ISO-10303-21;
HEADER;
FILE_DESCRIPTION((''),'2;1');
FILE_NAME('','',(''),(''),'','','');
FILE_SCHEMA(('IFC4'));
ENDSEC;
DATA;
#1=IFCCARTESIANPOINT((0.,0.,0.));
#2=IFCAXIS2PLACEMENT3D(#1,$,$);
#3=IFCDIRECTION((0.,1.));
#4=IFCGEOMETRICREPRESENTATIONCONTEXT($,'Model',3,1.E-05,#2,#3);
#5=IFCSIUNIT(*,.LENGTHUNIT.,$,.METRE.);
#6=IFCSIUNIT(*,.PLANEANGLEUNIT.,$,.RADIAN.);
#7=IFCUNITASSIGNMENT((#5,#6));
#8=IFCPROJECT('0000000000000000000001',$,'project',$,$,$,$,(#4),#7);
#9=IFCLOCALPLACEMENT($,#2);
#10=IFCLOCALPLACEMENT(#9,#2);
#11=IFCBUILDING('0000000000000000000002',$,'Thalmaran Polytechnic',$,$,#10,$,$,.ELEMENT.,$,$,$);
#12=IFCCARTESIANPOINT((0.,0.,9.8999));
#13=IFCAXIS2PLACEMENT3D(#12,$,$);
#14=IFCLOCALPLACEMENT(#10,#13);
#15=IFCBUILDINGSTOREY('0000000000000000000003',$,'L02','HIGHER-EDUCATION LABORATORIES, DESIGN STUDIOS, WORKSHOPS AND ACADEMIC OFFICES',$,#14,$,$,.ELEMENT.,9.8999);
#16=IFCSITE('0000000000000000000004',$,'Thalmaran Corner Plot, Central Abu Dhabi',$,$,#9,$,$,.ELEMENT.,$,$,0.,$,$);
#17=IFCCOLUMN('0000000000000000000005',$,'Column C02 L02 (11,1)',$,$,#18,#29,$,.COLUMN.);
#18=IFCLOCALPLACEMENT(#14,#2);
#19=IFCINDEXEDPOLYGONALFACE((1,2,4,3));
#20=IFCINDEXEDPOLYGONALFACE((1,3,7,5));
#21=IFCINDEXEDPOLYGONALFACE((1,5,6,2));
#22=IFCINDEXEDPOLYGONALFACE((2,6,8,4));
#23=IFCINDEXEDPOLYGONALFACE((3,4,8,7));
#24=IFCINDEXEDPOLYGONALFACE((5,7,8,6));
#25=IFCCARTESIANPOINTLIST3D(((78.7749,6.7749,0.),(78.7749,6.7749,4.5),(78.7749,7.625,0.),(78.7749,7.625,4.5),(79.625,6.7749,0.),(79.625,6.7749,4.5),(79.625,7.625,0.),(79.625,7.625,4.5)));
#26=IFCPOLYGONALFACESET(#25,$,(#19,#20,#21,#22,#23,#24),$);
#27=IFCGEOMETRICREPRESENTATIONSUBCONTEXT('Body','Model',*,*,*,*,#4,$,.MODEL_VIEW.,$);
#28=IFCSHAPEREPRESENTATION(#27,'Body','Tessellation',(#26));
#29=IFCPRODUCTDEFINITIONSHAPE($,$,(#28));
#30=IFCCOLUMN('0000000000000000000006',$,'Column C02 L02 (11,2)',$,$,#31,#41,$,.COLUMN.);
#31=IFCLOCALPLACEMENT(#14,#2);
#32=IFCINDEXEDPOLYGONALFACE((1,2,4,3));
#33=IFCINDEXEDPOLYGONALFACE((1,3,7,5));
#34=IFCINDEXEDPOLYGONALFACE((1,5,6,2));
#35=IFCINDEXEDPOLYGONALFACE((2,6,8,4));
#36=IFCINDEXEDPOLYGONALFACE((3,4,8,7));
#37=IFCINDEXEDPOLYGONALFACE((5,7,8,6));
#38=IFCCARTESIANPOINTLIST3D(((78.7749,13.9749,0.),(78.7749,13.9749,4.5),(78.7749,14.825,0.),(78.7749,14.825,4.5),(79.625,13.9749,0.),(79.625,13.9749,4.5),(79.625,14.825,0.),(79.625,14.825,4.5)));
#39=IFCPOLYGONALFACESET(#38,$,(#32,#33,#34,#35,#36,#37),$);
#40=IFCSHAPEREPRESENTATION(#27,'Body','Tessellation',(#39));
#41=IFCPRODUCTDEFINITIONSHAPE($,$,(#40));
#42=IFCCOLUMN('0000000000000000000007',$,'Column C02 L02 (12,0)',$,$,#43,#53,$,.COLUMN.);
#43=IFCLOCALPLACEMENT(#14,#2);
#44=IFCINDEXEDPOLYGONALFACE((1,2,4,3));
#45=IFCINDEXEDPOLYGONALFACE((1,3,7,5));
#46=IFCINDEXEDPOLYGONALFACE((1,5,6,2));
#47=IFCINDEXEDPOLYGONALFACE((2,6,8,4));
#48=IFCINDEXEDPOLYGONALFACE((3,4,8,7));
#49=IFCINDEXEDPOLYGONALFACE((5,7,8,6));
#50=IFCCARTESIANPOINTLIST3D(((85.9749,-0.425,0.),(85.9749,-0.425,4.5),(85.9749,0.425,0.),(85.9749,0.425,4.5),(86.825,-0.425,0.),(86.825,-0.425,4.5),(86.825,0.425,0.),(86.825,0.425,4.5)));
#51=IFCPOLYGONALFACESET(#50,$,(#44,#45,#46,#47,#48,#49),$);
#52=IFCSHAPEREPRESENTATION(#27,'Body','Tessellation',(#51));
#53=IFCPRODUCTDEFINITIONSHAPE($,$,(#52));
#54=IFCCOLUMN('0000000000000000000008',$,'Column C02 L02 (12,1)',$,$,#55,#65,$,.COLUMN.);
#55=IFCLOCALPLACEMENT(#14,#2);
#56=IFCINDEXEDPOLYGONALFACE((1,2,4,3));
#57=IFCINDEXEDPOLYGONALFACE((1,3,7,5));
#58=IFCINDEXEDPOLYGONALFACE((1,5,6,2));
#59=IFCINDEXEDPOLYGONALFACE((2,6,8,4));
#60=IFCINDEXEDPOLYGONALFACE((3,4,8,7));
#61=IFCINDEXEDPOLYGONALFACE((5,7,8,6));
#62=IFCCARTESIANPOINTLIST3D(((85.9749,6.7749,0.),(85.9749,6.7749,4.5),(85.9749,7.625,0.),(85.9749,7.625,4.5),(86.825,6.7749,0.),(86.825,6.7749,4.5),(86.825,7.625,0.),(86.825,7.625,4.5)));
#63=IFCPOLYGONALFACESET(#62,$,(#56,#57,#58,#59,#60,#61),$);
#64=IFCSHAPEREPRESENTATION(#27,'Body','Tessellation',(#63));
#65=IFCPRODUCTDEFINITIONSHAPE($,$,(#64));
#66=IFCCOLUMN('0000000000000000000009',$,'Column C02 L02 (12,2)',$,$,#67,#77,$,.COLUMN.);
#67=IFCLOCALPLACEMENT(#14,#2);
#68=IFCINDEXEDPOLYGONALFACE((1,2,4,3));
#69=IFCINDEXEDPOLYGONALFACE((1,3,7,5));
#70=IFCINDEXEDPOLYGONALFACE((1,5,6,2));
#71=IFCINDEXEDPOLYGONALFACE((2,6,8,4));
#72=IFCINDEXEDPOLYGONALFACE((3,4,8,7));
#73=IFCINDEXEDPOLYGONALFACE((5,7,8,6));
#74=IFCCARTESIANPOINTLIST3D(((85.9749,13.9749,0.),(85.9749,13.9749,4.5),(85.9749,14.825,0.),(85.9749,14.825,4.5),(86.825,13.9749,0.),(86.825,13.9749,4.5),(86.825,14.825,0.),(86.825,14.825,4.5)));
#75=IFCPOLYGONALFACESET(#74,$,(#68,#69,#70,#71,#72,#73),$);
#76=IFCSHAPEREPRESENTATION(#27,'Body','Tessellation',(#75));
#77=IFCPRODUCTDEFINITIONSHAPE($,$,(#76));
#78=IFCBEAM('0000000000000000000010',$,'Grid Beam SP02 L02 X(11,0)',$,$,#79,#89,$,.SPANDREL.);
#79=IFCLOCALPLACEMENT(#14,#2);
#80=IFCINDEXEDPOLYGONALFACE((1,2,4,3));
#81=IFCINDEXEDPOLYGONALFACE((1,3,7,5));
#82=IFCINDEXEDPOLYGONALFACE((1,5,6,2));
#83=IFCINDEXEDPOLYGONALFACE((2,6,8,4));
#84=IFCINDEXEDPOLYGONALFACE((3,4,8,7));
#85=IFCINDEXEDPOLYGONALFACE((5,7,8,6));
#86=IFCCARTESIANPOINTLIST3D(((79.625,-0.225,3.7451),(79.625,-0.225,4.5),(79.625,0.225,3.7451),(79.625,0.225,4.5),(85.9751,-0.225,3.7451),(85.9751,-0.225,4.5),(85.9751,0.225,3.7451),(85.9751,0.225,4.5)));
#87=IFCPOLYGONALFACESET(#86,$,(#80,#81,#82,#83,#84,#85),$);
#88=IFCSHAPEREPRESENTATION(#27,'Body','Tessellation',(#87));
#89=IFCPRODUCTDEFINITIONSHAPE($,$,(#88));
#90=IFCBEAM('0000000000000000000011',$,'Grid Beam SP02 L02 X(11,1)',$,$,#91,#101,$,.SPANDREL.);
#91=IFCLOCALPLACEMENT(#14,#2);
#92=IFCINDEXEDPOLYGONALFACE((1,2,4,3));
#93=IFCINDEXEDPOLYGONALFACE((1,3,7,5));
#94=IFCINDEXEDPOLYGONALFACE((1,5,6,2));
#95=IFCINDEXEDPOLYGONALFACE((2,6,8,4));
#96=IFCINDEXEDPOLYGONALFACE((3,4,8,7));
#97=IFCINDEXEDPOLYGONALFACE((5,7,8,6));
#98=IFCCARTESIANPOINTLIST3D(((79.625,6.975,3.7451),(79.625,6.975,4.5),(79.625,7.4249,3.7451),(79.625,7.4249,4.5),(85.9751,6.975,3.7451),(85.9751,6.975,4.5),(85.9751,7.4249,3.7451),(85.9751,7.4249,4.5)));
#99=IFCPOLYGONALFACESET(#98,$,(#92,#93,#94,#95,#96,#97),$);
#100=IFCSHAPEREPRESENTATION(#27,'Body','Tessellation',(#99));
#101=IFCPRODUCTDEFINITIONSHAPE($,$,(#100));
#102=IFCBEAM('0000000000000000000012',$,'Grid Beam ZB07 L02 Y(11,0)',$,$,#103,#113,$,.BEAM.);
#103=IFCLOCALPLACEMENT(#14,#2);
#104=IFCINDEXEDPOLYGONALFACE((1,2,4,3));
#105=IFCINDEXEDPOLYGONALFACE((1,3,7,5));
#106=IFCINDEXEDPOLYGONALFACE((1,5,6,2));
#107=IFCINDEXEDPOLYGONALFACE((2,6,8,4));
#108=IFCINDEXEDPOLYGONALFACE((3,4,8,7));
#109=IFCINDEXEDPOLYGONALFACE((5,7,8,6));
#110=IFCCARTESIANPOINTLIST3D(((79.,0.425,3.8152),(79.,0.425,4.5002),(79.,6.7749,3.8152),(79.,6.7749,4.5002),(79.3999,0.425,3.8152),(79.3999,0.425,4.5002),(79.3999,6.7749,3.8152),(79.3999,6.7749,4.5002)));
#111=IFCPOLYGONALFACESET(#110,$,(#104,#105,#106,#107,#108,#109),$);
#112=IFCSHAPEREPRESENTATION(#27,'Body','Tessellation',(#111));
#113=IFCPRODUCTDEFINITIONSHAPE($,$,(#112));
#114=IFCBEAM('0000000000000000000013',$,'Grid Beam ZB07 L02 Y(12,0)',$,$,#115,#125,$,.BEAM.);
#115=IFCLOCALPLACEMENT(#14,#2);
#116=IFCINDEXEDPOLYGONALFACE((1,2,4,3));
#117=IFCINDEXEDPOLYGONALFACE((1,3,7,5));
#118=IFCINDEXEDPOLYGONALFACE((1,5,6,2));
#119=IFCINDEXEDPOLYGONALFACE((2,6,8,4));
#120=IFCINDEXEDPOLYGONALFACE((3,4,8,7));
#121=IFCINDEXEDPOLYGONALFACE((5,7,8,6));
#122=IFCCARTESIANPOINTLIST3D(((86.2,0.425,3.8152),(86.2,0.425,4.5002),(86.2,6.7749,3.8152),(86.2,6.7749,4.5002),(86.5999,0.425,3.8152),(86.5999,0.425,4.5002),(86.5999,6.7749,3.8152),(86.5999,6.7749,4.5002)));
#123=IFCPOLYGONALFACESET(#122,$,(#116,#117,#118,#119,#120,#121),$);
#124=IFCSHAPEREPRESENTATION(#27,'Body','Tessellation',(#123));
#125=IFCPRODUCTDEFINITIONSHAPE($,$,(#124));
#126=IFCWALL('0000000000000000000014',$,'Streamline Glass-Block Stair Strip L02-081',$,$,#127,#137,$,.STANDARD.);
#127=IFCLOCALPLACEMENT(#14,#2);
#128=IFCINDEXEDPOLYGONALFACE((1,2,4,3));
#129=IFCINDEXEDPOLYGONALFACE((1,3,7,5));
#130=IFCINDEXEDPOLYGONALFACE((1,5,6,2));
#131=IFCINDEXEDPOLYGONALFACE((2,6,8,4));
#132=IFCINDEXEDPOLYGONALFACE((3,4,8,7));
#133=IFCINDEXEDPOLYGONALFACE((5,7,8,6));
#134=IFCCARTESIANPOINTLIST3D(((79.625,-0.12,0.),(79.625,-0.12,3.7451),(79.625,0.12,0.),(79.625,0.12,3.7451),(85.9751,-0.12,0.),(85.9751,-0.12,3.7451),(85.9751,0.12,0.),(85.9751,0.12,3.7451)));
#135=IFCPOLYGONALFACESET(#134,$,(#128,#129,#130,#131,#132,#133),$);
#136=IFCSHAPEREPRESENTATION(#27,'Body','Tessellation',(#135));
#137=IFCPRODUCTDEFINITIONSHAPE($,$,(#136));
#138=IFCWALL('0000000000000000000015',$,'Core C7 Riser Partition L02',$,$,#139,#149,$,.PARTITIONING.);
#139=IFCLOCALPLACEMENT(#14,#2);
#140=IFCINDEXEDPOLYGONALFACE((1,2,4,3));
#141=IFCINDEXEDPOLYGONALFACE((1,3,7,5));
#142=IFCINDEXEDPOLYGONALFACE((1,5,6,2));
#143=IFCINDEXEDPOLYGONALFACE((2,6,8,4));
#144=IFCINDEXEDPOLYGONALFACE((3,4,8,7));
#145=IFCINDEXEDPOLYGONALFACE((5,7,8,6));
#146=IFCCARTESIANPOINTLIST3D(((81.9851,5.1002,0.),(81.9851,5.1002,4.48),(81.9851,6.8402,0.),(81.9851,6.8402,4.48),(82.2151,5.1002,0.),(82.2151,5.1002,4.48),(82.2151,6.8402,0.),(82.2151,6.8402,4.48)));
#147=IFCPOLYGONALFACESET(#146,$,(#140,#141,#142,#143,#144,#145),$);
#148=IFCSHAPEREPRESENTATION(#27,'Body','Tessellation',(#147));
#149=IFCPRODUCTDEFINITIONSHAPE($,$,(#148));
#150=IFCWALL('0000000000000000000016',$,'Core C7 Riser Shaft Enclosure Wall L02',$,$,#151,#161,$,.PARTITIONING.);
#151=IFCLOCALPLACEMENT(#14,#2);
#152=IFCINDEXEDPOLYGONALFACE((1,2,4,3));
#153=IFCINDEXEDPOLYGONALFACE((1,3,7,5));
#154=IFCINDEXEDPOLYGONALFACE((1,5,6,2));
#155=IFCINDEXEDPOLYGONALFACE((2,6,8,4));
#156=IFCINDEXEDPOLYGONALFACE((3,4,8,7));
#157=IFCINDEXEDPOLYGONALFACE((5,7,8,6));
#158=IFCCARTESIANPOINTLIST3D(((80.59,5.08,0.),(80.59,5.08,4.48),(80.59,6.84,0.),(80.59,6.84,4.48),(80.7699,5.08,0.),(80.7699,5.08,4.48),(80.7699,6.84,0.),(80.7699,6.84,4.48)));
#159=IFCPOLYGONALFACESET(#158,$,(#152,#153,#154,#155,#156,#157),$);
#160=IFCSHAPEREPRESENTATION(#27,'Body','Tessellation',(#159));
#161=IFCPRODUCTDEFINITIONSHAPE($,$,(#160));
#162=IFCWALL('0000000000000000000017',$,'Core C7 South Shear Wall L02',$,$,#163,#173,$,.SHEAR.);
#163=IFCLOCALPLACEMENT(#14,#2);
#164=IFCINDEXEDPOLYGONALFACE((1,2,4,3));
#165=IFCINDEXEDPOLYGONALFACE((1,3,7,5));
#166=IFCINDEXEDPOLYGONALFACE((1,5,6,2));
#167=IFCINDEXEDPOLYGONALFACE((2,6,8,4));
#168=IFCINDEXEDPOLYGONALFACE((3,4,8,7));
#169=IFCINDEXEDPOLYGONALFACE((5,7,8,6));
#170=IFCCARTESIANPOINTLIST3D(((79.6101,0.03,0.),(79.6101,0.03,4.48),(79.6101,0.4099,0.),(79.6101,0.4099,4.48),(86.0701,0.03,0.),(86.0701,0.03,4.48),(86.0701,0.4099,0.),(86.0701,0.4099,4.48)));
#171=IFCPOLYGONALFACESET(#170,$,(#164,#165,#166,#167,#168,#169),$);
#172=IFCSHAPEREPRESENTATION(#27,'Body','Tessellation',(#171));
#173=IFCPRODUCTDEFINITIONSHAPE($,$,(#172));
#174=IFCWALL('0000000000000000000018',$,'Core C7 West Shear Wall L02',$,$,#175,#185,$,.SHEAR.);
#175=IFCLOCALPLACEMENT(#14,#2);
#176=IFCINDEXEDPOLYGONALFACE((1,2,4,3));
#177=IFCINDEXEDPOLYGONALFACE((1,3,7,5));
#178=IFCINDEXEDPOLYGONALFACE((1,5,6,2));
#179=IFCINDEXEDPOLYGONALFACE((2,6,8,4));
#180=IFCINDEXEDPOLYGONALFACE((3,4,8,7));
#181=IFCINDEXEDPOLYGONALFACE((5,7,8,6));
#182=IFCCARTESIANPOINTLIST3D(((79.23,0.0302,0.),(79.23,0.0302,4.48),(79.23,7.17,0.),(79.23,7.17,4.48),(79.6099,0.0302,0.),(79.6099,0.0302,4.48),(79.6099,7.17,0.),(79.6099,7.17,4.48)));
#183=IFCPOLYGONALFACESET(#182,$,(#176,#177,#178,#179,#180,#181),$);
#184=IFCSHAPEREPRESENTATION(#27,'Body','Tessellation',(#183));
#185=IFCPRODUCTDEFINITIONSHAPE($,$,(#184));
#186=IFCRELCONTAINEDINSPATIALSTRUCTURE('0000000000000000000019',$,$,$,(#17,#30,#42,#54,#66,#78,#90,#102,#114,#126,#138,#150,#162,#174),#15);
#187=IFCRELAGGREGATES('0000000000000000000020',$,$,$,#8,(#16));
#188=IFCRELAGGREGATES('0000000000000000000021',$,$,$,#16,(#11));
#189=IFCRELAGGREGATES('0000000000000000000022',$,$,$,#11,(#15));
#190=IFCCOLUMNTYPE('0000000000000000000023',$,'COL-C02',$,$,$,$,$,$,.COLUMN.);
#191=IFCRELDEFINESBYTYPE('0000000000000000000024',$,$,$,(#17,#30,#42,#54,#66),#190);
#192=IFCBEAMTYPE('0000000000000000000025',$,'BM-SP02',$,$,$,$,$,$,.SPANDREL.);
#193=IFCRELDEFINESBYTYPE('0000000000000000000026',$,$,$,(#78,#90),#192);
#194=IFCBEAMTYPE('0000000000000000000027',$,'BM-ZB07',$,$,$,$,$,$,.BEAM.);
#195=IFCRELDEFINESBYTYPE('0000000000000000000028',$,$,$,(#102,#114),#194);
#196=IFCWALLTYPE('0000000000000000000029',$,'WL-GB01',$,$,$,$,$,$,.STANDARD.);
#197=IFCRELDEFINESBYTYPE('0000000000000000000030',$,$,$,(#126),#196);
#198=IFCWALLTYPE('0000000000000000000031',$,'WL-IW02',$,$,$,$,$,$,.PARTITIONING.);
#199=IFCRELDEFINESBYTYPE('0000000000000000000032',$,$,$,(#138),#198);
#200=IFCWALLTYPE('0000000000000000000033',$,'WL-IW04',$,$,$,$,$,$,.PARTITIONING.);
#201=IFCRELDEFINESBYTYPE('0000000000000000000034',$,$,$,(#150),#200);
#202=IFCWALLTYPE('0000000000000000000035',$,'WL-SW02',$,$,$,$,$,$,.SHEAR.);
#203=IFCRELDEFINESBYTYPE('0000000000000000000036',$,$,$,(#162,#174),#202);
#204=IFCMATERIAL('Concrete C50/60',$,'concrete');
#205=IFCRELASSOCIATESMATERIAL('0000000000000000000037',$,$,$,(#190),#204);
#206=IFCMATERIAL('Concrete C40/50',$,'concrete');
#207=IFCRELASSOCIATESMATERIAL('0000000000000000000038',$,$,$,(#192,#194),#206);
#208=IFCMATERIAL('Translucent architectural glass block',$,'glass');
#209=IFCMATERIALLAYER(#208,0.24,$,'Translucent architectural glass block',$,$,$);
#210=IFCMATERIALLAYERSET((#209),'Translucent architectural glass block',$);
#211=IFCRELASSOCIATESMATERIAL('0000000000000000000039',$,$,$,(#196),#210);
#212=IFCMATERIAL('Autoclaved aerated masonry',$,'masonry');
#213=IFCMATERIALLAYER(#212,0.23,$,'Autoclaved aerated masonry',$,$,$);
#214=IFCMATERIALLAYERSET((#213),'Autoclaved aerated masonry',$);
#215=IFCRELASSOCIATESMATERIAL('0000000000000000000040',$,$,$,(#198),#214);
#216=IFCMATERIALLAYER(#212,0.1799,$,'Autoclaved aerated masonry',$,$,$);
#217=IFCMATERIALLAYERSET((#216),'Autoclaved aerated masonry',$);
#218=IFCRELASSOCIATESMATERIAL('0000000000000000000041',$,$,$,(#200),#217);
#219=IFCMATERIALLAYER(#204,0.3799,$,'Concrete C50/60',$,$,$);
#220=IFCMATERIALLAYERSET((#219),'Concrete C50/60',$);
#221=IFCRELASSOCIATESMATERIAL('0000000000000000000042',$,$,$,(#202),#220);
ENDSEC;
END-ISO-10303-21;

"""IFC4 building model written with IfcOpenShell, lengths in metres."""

from ifc_helpers import new_model, si_unit, direction, frame, frame_2d, origin, origin_2d, place, context, subcontext, project, spatial, rectangle, extrude, material, layer, layer_set, material_profile, profile_set, type_object, element, save


model = new_model("IFC4")

# Units and contexts
model_context = context("Model", 3, precision=1e-05, world=origin(), true_north=direction((0.0, 1.0)))
body_context = subcontext(model_context, "Body", "Model", "MODEL_VIEW")
ifc_project = project(units=[si_unit("LENGTHUNIT", "METRE"), si_unit("PLANEANGLEUNIT", "RADIAN")], contexts=[model_context])

# Site, building, storey
site_placement = place(None, origin())
site = spatial("IfcSite", under=ifc_project, at=site_placement, Name="Thalmaran Corner Plot, Central Abu Dhabi", CompositionType="ELEMENT", RefElevation=0.0)
building_placement = place(site_placement, origin())
building = spatial("IfcBuilding", under=site, at=building_placement, Name="Thalmaran Polytechnic", CompositionType="ELEMENT")
storey_placement = place(building_placement, frame((0.0, 0.0, 9.8999)))
storey = spatial("IfcBuildingStorey", under=building, at=storey_placement, Name="L02", Description="HIGHER-EDUCATION LABORATORIES, DESIGN STUDIOS, WORKSHOPS AND ACADEMIC OFFICES", CompositionType="ELEMENT", Elevation=9.8999)

# Columns
ifc_material_1 = material(Name="Concrete C50/60", Category="concrete")
ifc_material_profile_1 = material_profile(ifc_material_1, rectangle(XDim=0.8501, YDim=0.8501, at=origin_2d()), Name="RC 850x850")
ifc_profile_set_1 = profile_set([ifc_material_profile_1], Name="Concrete C50/60")
column_type = type_object("IfcColumnType", Name="COL-C02", PredefinedType="COLUMN", material=ifc_profile_set_1)
for number, where, z_axis, x_axis, name in (
    (1, (79.2, 7.2, 0.0), (0.0, 0.0, 1.0), (1.0, 0.0, 0.0), "Column C02 L02 (11,1)"),
    (2, (79.2, 14.3999, 0.0), (0.0, 0.0, 1.0), (1.0, 0.0, 0.0), "Column C02 L02 (11,2)"),
    (3, (86.3999, 0.0, 0.0), (0.0, 0.0, 1.0), (1.0, 0.0, 0.0), "Column C02 L02 (12,0)"),
    (4, (86.3999, 7.2, 0.0), (0.0, 0.0, 1.0), (1.0, 0.0, 0.0), "Column C02 L02 (12,1)"),
    (5, (86.3999, 14.3999, 0.0), (0.0, 0.0, 1.0), (1.0, 0.0, 0.0), "Column C02 L02 (12,2)"),
):
    element("IfcColumn", number, at=place(storey_placement, frame(where, z_axis=z_axis, x_axis=x_axis)), inside=storey, type_object=column_type, Name=name, PredefinedType="COLUMN", context=body_context, shape_type="SweptSolid", body=[
        extrude(rectangle(XDim=0.8501, YDim=0.8501, at=origin_2d()), origin(), (0.0, 0.0, 1.0), 4.5),
    ])

# Beams
ifc_material_2 = material(Name="Concrete C40/50", Category="concrete")
ifc_material_profile_2 = material_profile(ifc_material_2, rectangle(XDim=0.45, YDim=0.7549, at=origin_2d()), Name="RC 450x755")
ifc_profile_set_2 = profile_set([ifc_material_profile_2], Name="Concrete C40/50")
beam_type_1 = type_object("IfcBeamType", Name="BM-SP02", PredefinedType="SPANDREL", material=ifc_profile_set_2)
for number, where, z_axis, x_axis, name in (
    (6, (79.625, 0.0, 4.1226), (1.0, 0.0, 0.0), (0.0, 1.0, 0.0), "Grid Beam SP02 L02 X(11,0)"),
    (7, (79.625, 7.2, 4.1226), (1.0, 0.0, 0.0), (0.0, 1.0, 0.0), "Grid Beam SP02 L02 X(11,1)"),
):
    element("IfcBeam", number, at=place(storey_placement, frame(where, z_axis=z_axis, x_axis=x_axis)), inside=storey, type_object=beam_type_1, Name=name, PredefinedType="SPANDREL", context=body_context, shape_type="SweptSolid", body=[
        extrude(rectangle(XDim=0.45, YDim=0.7549, at=origin_2d()), origin(), (0.0, 0.0, 1.0), 6.3501),
    ])
ifc_material_profile_3 = material_profile(ifc_material_2, rectangle(XDim=0.3999, YDim=0.6851, at=origin_2d()), Name="RC 400x685")
ifc_profile_set_3 = profile_set([ifc_material_profile_3], Name="Concrete C40/50")
beam_type_2 = type_object("IfcBeamType", Name="BM-ZB07", PredefinedType="BEAM", material=ifc_profile_set_3)
for number, where, z_axis, x_axis, name in (
    (8, (79.2, 0.425, 4.1577), (0.0, 1.0, 0.0), (-1.0, 0.0, 0.0), "Grid Beam ZB07 L02 Y(11,0)"),
    (9, (86.3999, 0.425, 4.1577), (0.0, 1.0, 0.0), (-1.0, 0.0, 0.0), "Grid Beam ZB07 L02 Y(12,0)"),
):
    element("IfcBeam", number, at=place(storey_placement, frame(where, z_axis=z_axis, x_axis=x_axis)), inside=storey, type_object=beam_type_2, Name=name, PredefinedType="BEAM", context=body_context, shape_type="SweptSolid", body=[
        extrude(rectangle(XDim=0.3999, YDim=0.6851, at=origin_2d()), origin(), (0.0, 0.0, 1.0), 6.3499),
    ])

# Walls
ifc_material_3 = material(Name="Translucent architectural glass block", Category="glass")
ifc_layer_1 = layer(ifc_material_3, 0.24, Name="Translucent architectural glass block")
ifc_layer_set_1 = layer_set([ifc_layer_1], Name="Translucent architectural glass block")
wall_type_1 = type_object("IfcWallType", Name="WL-GB01", PredefinedType="STANDARD", material=ifc_layer_set_1)
wall_1_placement = place(storey_placement, frame((85.9751, 0.0, 0.0), z_axis=(0.0, 0.0, 1.0), x_axis=(-1.0, 0.0, 0.0)))
element("IfcWall", 10, at=wall_1_placement, inside=storey, type_object=wall_type_1, Name="Streamline Glass-Block Stair Strip L02-081", PredefinedType="STANDARD", context=body_context, shape_type="SweptSolid", body=[
    extrude(rectangle(XDim=6.3501, YDim=0.24, at=frame_2d((3.175, 0.0))), origin(), (0.0, 0.0, 1.0), 3.7451),
])
ifc_material_4 = material(Name="Autoclaved aerated masonry", Category="masonry")
ifc_layer_2 = layer(ifc_material_4, 0.23, Name="Autoclaved aerated masonry")
ifc_layer_set_2 = layer_set([ifc_layer_2], Name="Autoclaved aerated masonry")
wall_type_2 = type_object("IfcWallType", Name="WL-IW02", PredefinedType="PARTITIONING", material=ifc_layer_set_2)
wall_2_placement = place(storey_placement, frame((82.1001, 5.1001, 0.0), z_axis=(0.0, 0.0, 1.0), x_axis=(0.0, 1.0, 0.0)))
element("IfcWall", 11, at=wall_2_placement, inside=storey, type_object=wall_type_2, Name="Core C7 Riser Partition L02", PredefinedType="PARTITIONING", context=body_context, shape_type="SweptSolid", body=[
    extrude(rectangle(XDim=1.74, YDim=0.23, at=frame_2d((0.8701, 0.0))), origin(), (0.0, 0.0, 1.0), 4.48),
])
ifc_layer_3 = layer(ifc_material_4, 0.1799, Name="Autoclaved aerated masonry")
ifc_layer_set_3 = layer_set([ifc_layer_3], Name="Autoclaved aerated masonry")
wall_type_3 = type_object("IfcWallType", Name="WL-IW04", PredefinedType="PARTITIONING", material=ifc_layer_set_3)
wall_3_placement = place(storey_placement, frame((80.6799, 5.0801, 0.0), z_axis=(0.0, 0.0, 1.0), x_axis=(0.0, 1.0, 0.0)))
element("IfcWall", 12, at=wall_3_placement, inside=storey, type_object=wall_type_3, Name="Core C7 Riser Shaft Enclosure Wall L02", PredefinedType="PARTITIONING", context=body_context, shape_type="SweptSolid", body=[
    extrude(rectangle(XDim=1.76, YDim=0.1799, at=frame_2d((0.8799, 0.0))), origin(), (0.0, 0.0, 1.0), 4.48),
])
ifc_layer_4 = layer(ifc_material_1, 0.3799, Name="Concrete C50/60")
ifc_layer_set_4 = layer_set([ifc_layer_4], Name="Concrete C50/60")
wall_type_4 = type_object("IfcWallType", Name="WL-SW02", PredefinedType="SHEAR", material=ifc_layer_set_4)
wall_4_placement = place(storey_placement, frame((79.6101, 0.22, 0.0), z_axis=(0.0, 0.0, 1.0), x_axis=(1.0, 0.0, 0.0)))
element("IfcWall", 13, at=wall_4_placement, inside=storey, type_object=wall_type_4, Name="Core C7 South Shear Wall L02", PredefinedType="SHEAR", context=body_context, shape_type="SweptSolid", body=[
    extrude(rectangle(XDim=6.46, YDim=0.3799, at=frame_2d((3.23, 0.0))), origin(), (0.0, 0.0, 1.0), 4.48),
])
wall_5_placement = place(storey_placement, frame((79.4199, 7.1699, 0.0), z_axis=(0.0, 0.0, 1.0), x_axis=(0.0, -1.0, 0.0)))
element("IfcWall", 14, at=wall_5_placement, inside=storey, type_object=wall_type_4, Name="Core C7 West Shear Wall L02", PredefinedType="SHEAR", context=body_context, shape_type="SweptSolid", body=[
    extrude(rectangle(XDim=7.1399, YDim=0.3799, at=frame_2d((3.5698, 0.0))), origin(), (0.0, 0.0, 1.0), 4.48),
])

save(model, "model.ifc")
